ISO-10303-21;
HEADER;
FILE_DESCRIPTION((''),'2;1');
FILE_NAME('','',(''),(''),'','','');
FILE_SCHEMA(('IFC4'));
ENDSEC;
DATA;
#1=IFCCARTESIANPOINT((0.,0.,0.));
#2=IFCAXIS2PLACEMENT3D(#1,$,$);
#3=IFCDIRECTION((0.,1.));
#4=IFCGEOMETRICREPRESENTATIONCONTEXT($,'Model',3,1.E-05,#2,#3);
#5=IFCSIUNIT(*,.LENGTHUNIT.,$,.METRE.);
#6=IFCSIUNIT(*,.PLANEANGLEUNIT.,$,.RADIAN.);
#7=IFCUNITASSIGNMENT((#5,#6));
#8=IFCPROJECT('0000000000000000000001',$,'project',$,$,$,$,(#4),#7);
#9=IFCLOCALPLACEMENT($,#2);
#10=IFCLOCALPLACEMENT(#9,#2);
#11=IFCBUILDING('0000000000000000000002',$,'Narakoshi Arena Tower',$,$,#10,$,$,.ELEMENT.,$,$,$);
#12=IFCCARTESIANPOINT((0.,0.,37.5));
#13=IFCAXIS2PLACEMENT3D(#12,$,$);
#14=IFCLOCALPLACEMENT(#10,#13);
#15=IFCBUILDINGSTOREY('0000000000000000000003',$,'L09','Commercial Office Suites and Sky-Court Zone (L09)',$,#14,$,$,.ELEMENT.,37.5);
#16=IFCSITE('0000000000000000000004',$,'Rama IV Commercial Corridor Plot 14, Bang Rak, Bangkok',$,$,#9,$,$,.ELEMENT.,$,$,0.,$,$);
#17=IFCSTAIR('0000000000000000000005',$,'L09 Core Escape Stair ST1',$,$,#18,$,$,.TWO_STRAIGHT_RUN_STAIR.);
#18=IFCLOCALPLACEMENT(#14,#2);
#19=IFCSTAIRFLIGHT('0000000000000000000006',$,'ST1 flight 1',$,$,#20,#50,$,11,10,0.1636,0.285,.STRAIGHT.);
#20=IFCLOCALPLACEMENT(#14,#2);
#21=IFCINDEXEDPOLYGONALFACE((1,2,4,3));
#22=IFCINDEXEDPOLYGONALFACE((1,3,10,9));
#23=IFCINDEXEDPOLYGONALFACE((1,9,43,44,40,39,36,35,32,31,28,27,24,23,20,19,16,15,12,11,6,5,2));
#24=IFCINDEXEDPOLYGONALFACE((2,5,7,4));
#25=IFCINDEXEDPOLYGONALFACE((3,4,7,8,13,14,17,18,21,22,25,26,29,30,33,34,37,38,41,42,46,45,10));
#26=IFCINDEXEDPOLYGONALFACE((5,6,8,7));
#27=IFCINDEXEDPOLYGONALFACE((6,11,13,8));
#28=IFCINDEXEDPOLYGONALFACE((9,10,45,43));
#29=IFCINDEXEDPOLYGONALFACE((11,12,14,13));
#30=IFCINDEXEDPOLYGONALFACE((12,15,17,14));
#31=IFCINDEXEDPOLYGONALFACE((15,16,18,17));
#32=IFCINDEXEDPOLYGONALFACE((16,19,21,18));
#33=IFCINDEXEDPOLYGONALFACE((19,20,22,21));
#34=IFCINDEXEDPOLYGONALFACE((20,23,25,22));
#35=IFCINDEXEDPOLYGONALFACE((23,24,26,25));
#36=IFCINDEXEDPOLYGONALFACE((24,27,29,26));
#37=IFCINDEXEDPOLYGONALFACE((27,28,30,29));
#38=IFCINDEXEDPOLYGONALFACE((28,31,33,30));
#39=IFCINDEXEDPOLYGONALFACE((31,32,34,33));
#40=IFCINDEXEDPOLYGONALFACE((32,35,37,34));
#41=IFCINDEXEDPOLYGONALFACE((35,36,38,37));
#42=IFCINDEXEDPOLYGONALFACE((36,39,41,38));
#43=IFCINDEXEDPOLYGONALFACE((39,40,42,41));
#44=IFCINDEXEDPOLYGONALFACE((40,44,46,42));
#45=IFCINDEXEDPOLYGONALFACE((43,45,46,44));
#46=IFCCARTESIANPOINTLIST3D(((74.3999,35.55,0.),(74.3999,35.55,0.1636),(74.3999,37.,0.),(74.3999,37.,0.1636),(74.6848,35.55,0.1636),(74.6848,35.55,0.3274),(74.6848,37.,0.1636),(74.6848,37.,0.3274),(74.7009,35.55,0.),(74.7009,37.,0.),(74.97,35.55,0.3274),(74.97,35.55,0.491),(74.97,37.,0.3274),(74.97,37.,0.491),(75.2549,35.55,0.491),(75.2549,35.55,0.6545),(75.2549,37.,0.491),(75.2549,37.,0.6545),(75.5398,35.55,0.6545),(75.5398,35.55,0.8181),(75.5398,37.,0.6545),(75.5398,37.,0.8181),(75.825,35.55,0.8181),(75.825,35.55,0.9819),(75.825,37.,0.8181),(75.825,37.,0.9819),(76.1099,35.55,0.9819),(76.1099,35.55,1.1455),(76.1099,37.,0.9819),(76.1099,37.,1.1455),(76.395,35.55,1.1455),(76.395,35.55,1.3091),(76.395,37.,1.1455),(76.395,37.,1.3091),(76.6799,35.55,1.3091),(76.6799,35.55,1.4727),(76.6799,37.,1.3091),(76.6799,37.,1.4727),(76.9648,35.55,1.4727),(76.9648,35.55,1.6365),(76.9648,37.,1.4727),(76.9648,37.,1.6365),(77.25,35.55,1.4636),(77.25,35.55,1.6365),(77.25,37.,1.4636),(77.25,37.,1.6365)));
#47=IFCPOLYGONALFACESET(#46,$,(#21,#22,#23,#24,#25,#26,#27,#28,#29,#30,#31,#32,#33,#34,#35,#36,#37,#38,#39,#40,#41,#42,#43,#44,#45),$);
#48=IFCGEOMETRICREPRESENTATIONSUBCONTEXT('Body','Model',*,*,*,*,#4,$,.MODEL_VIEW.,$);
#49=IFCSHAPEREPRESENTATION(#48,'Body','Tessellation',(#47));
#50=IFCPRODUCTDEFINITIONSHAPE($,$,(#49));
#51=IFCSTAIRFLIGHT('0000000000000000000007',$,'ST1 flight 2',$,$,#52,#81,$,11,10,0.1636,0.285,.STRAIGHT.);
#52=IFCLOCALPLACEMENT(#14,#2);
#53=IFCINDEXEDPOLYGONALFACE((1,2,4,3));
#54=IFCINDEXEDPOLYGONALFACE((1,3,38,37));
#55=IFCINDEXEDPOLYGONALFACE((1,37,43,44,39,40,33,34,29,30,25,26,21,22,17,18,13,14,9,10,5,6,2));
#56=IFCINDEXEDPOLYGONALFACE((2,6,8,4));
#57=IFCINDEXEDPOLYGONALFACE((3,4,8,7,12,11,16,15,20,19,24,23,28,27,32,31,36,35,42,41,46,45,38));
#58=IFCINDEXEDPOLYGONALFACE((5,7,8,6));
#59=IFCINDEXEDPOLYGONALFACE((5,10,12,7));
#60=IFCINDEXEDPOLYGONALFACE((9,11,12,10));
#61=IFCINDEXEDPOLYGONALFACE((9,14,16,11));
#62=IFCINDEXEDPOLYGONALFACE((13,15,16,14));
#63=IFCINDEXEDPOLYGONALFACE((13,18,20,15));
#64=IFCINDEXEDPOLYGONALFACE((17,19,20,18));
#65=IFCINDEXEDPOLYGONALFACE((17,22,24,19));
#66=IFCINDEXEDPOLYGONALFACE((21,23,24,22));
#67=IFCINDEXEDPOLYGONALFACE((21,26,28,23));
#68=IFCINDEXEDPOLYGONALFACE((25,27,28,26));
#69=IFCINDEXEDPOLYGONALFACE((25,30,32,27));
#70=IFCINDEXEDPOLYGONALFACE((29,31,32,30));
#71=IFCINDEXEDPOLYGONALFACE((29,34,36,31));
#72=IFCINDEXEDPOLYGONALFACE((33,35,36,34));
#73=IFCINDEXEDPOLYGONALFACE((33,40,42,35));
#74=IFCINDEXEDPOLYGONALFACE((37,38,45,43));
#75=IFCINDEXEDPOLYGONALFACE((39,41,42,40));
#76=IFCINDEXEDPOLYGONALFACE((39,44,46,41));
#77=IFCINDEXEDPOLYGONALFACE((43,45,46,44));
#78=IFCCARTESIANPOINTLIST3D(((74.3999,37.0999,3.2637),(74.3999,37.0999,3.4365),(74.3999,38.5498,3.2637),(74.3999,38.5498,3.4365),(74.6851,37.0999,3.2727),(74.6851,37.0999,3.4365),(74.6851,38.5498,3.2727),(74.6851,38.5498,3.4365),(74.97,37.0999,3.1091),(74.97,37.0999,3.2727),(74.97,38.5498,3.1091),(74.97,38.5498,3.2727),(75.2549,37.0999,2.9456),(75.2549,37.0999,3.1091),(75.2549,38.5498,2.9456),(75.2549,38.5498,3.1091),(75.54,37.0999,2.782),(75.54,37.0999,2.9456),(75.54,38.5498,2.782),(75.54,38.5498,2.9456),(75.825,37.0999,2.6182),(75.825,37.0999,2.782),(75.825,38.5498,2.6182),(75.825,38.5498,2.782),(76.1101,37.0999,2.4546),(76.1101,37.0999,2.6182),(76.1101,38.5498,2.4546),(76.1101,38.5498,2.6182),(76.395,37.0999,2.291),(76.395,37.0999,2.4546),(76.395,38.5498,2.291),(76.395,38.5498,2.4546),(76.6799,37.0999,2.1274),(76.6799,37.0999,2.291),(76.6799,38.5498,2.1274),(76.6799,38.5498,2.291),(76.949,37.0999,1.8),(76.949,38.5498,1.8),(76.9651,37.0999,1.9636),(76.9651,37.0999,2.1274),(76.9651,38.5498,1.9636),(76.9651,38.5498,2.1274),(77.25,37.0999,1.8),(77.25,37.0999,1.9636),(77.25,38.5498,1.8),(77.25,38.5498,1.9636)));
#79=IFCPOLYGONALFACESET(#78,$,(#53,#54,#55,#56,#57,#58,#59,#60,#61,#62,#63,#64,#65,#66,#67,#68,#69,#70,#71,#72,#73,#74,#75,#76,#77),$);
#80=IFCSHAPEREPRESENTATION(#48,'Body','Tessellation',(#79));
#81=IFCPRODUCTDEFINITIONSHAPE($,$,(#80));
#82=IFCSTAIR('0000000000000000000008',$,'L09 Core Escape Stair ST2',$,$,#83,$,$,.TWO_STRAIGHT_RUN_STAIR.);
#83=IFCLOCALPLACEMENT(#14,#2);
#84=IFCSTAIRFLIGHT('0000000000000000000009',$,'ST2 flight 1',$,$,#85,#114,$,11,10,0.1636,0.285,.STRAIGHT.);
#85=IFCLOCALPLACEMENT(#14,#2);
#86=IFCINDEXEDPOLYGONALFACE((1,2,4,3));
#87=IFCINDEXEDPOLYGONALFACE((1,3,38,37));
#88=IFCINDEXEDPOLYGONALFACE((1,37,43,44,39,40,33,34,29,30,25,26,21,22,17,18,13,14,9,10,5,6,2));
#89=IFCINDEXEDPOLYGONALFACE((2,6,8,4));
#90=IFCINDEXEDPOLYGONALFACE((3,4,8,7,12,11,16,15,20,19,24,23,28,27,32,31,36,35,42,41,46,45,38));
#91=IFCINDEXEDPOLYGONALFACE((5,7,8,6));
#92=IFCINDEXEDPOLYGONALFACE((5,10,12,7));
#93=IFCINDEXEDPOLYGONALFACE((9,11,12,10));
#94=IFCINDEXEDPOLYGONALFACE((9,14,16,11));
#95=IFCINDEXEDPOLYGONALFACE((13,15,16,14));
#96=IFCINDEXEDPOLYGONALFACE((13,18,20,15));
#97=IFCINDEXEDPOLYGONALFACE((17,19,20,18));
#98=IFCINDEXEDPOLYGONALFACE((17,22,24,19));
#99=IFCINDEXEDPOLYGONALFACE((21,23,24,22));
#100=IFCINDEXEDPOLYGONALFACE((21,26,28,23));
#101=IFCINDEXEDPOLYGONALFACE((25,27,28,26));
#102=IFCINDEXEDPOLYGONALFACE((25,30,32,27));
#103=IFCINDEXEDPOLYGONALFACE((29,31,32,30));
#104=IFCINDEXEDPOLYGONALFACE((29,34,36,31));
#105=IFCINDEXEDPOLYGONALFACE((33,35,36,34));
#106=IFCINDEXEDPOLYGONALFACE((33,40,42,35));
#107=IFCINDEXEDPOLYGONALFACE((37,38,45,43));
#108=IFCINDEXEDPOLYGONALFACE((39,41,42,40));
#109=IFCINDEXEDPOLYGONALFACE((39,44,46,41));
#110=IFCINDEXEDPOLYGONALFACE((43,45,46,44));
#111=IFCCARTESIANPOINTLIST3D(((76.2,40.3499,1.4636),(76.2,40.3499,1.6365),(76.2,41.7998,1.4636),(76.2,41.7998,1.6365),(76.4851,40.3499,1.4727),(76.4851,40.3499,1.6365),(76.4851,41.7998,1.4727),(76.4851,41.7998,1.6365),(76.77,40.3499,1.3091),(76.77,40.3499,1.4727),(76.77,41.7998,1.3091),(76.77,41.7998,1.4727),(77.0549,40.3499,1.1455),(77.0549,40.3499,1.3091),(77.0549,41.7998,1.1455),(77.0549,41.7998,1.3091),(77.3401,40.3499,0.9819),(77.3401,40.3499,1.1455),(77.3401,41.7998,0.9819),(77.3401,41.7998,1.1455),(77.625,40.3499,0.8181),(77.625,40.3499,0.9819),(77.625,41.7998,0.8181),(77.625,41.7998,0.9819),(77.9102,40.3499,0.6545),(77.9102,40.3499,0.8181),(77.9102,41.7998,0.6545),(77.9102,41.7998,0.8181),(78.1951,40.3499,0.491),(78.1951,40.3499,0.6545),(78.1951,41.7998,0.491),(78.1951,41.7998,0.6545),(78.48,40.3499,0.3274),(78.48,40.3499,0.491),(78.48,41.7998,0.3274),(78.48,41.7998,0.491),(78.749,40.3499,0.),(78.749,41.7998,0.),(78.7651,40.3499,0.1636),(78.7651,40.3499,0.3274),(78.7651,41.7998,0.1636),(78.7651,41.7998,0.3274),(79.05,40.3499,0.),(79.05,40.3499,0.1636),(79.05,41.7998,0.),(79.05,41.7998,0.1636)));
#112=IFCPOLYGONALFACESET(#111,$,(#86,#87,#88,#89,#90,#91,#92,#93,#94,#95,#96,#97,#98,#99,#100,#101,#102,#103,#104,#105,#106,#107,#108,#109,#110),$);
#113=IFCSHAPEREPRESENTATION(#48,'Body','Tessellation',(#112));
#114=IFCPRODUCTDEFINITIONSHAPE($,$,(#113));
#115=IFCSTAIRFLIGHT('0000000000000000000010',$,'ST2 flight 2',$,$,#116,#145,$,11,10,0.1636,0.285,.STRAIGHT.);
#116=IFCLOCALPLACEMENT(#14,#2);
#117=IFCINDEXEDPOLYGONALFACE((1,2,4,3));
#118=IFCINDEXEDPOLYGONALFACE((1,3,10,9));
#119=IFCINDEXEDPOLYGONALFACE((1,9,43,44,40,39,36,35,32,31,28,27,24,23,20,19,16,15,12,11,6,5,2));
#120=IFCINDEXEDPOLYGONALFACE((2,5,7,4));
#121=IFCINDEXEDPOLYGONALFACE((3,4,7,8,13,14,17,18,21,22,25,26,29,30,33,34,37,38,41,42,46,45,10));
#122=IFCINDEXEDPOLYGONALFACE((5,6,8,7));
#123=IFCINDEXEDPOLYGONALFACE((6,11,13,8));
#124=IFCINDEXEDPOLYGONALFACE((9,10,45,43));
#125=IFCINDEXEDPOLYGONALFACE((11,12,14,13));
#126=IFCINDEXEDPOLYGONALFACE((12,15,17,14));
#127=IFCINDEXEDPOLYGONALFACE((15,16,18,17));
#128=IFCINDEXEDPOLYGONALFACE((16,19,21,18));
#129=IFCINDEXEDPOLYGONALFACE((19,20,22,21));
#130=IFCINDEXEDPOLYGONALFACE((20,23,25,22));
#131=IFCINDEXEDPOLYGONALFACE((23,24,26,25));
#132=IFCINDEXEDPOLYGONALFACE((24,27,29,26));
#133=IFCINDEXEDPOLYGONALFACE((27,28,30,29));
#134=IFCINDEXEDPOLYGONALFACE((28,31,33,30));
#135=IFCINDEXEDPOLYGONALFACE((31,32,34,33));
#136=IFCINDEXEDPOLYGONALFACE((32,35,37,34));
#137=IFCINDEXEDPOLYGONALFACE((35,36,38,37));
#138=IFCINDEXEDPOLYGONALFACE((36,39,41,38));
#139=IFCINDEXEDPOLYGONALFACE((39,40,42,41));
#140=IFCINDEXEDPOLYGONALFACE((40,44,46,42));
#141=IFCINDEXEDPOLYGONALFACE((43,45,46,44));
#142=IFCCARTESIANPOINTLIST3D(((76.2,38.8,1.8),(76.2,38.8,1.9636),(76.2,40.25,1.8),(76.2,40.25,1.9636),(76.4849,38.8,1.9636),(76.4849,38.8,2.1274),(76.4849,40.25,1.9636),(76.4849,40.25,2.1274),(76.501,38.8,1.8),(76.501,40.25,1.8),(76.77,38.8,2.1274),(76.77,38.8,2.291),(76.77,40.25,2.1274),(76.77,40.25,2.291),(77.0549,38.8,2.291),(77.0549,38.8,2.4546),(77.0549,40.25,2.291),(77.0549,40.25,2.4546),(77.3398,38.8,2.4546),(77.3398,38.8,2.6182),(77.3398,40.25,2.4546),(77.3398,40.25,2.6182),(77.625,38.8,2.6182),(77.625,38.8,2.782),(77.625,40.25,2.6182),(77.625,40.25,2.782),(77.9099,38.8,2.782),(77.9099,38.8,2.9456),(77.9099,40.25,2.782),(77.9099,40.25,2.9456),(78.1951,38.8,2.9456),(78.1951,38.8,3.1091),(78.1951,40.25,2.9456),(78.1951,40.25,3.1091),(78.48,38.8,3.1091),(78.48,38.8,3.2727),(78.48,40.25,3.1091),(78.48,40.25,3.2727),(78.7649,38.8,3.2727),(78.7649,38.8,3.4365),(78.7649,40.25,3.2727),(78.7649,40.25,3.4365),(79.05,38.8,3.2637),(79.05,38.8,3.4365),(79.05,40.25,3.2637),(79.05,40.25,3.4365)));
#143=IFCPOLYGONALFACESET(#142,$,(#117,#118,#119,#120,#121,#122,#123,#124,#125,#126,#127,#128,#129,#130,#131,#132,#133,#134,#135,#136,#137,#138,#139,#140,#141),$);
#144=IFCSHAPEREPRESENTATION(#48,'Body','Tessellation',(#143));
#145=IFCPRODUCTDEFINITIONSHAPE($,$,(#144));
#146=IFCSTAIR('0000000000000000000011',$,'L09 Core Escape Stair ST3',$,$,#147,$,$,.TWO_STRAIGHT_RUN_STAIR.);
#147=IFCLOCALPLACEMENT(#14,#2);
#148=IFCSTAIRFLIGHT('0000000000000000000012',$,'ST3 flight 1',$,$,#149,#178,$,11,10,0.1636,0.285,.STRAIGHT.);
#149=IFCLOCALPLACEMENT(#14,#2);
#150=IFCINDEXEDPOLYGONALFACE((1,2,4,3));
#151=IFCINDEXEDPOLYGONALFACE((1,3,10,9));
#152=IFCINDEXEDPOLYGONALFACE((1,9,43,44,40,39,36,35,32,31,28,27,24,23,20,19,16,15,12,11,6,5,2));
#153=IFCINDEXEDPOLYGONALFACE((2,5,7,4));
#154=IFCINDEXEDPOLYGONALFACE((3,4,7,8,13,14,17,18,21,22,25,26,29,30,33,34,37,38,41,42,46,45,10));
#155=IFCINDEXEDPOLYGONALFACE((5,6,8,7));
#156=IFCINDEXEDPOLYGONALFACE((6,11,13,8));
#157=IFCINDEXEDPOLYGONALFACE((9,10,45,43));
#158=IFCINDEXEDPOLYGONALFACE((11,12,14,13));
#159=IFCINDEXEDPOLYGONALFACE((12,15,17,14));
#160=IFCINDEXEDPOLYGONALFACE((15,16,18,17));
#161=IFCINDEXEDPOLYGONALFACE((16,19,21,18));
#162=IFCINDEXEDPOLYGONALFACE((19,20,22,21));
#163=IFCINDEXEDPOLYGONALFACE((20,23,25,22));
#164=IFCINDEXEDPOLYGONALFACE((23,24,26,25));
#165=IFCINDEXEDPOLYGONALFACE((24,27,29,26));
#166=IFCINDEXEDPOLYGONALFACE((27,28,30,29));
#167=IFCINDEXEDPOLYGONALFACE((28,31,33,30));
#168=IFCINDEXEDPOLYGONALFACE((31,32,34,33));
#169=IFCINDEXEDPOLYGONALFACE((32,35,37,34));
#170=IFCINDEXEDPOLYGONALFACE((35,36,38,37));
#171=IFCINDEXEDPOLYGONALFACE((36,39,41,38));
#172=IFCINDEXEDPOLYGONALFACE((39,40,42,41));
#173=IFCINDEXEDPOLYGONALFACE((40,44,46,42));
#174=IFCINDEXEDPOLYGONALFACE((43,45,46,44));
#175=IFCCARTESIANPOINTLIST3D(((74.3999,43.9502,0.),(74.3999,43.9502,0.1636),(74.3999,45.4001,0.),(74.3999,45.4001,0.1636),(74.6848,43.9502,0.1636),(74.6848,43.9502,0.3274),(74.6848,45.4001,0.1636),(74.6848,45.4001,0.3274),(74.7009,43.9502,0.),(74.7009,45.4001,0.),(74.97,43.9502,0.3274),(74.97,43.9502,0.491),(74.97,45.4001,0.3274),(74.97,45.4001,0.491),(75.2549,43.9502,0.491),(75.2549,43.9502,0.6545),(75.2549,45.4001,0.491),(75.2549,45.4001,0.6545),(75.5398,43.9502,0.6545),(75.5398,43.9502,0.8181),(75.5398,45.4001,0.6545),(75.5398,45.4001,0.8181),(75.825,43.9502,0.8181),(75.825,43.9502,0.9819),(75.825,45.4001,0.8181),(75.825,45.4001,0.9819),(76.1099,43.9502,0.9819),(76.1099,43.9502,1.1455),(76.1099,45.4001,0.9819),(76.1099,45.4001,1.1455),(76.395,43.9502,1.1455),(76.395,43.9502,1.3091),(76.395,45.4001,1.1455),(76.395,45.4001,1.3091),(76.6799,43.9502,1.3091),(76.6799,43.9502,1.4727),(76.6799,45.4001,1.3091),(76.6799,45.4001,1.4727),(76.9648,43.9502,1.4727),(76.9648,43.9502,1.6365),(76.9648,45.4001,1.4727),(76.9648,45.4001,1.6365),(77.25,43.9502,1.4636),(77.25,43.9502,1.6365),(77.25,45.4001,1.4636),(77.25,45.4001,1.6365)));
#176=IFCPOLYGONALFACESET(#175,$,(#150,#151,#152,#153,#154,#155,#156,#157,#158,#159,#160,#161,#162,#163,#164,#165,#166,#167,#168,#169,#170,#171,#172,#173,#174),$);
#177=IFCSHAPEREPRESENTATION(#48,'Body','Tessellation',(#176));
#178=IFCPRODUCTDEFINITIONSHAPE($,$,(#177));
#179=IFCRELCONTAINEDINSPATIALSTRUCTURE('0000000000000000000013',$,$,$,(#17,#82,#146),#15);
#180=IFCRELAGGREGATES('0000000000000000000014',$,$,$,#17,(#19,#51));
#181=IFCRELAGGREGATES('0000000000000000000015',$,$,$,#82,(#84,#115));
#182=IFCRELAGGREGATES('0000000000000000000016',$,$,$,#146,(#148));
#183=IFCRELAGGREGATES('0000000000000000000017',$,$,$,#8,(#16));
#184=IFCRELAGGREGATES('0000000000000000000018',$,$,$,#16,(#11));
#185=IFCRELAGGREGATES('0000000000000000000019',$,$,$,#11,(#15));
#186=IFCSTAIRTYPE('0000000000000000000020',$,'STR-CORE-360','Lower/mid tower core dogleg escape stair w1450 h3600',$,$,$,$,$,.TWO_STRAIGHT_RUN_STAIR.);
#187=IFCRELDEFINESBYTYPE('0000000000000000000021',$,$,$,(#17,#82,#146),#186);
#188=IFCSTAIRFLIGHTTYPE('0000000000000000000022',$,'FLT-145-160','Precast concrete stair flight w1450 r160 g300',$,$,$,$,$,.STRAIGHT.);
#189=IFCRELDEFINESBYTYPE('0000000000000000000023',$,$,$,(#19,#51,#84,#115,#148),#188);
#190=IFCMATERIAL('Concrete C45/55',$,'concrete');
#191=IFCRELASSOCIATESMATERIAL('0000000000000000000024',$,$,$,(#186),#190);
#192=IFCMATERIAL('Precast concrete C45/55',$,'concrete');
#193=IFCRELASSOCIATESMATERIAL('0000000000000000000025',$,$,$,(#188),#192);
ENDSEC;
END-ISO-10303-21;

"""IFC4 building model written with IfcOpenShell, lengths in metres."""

from ifc_helpers import new_model, si_unit, direction, frame, origin, place, context, subcontext, project, spatial, polyline, outline, extrude, material, type_object, element, aggregate, save


model = new_model("IFC4")

# Units and contexts
model_context = context("Model", 3, precision=1e-05, world=origin(), true_north=direction((0.0, 1.0)))
body_context = subcontext(model_context, "Body", "Model", "MODEL_VIEW")
ifc_project = project(units=[si_unit("LENGTHUNIT", "METRE"), si_unit("PLANEANGLEUNIT", "RADIAN")], contexts=[model_context])

# Site, building, storey
site_placement = place(None, origin())
site = spatial("IfcSite", under=ifc_project, at=site_placement, Name="Rama IV Commercial Corridor Plot 14, Bang Rak, Bangkok", CompositionType="ELEMENT", RefElevation=0.0)
building_placement = place(site_placement, origin())
building = spatial("IfcBuilding", under=site, at=building_placement, Name="Narakoshi Arena Tower", CompositionType="ELEMENT")
storey_placement = place(building_placement, frame((0.0, 0.0, 37.5)))
storey = spatial("IfcBuildingStorey", under=building, at=storey_placement, Name="L09", Description="Commercial Office Suites and Sky-Court Zone (L09)", CompositionType="ELEMENT", Elevation=37.5)

# Stairs, stair flights
ifc_material_1 = material(Name="Concrete C45/55", Category="concrete")
stair_type = type_object("IfcStairType", Name="STR-CORE-360", Description="Lower/mid tower core dogleg escape stair w1450 h3600", PredefinedType="TWO_STRAIGHT_RUN_STAIR", material=ifc_material_1)
stair_1_placement = place(storey_placement, origin())
stair_1 = element("IfcStair", 1, at=stair_1_placement, inside=storey, type_object=stair_type, Name="L09 Core Escape Stair ST1", PredefinedType="TWO_STRAIGHT_RUN_STAIR")
ifc_material_2 = material(Name="Precast concrete C45/55", Category="concrete")
stair_flight_type = type_object("IfcStairFlightType", Name="FLT-145-160", Description="Precast concrete stair flight w1450 r160 g300", PredefinedType="STRAIGHT", material=ifc_material_2)
stair_flight_1_placement = place(storey_placement, frame((74.3999, 36.2749, 0.0), z_axis=(0.0, 0.0, 1.0), x_axis=(1.0, 0.0, 0.0)))
stair_flight_1 = element("IfcStairFlight", 2, at=stair_flight_1_placement, type_object=stair_flight_type, Name="ST1 flight 1", NumberOfRisers=11, NumberOfTreads=10, PredefinedType="STRAIGHT", RiserHeight=0.1636, TreadLength=0.285, context=body_context, shape_type="SweptSolid", body=[
    extrude(outline(polyline([(0.0, 0.0), (0.0, 0.1636), (0.2849, 0.1636), (0.2849, 0.3274), (0.5701, 0.3274), (0.5701, 0.491), (0.855, 0.491), (0.855, 0.6545), (1.1399, 0.6545), (1.1399, 0.8181), (1.425, 0.8181), (1.425, 0.9819), (1.71, 0.9819), (1.71, 1.1455), (1.9951, 1.1455), (1.9951, 1.3091), (2.28, 1.3091), (2.28, 1.4727), (2.5649, 1.4727), (2.5649, 1.6365), (2.8501, 1.6365), (2.8501, 1.8), (2.8501, 1.4636), (0.301, 0.0), (0.0, 0.0)])), frame((0.0, 0.7251, 0.0), z_axis=(0.0, -1.0, 0.0), x_axis=(1.0, 0.0, 0.0)), (0.0, 0.0, 1.0), 1.45),
])
stair_flight_2_placement = place(storey_placement, frame((77.25, 37.825, 1.8), z_axis=(0.0, 0.0, 1.0), x_axis=(-1.0, 0.0, 0.0)))
stair_flight_2 = element("IfcStairFlight", 3, at=stair_flight_2_placement, type_object=stair_flight_type, Name="ST1 flight 2", NumberOfRisers=11, NumberOfTreads=10, PredefinedType="STRAIGHT", RiserHeight=0.1636, TreadLength=0.285, context=body_context, shape_type="SweptSolid", body=[
    extrude(outline(polyline([(0.0, 0.0), (0.0, 0.1636), (0.2849, 0.1636), (0.2849, 0.3274), (0.5701, 0.3274), (0.5701, 0.491), (0.855, 0.491), (0.855, 0.6545), (1.1399, 0.6545), (1.1399, 0.8181), (1.425, 0.8181), (1.425, 0.9819), (1.71, 0.9819), (1.71, 1.1455), (1.9951, 1.1455), (1.9951, 1.3091), (2.28, 1.3091), (2.28, 1.4727), (2.5649, 1.4727), (2.5649, 1.6365), (2.8501, 1.6365), (2.8501, 1.8), (2.8501, 1.4636), (0.301, 0.0), (0.0, 0.0)])), frame((0.0, 0.7251, 0.0), z_axis=(0.0, -1.0, 0.0), x_axis=(1.0, 0.0, 0.0)), (0.0, 0.0, 1.0), 1.45),
])
aggregate(stair_1, [stair_flight_1, stair_flight_2])
stair_2_placement = place(storey_placement, origin())
stair_2 = element("IfcStair", 4, at=stair_2_placement, inside=storey, type_object=stair_type, Name="L09 Core Escape Stair ST2", PredefinedType="TWO_STRAIGHT_RUN_STAIR")
stair_flight_3_placement = place(storey_placement, frame((79.05, 41.075, 0.0), z_axis=(0.0, 0.0, 1.0), x_axis=(-1.0, 0.0, 0.0)))
stair_flight_3 = element("IfcStairFlight", 5, at=stair_flight_3_placement, type_object=stair_flight_type, Name="ST2 flight 1", NumberOfRisers=11, NumberOfTreads=10, PredefinedType="STRAIGHT", RiserHeight=0.1636, TreadLength=0.285, context=body_context, shape_type="SweptSolid", body=[
    extrude(outline(polyline([(0.0, 0.0), (0.0, 0.1636), (0.2849, 0.1636), (0.2849, 0.3274), (0.5701, 0.3274), (0.5701, 0.491), (0.855, 0.491), (0.855, 0.6545), (1.1399, 0.6545), (1.1399, 0.8181), (1.425, 0.8181), (1.425, 0.9819), (1.71, 0.9819), (1.71, 1.1455), (1.9951, 1.1455), (1.9951, 1.3091), (2.28, 1.3091), (2.28, 1.4727), (2.5649, 1.4727), (2.5649, 1.6365), (2.8501, 1.6365), (2.8501, 1.8), (2.8501, 1.4636), (0.301, 0.0), (0.0, 0.0)])), frame((0.0, 0.7251, 0.0), z_axis=(0.0, -1.0, 0.0), x_axis=(1.0, 0.0, 0.0)), (0.0, 0.0, 1.0), 1.45),
])
stair_flight_4_placement = place(storey_placement, frame((76.2, 39.5249, 1.8), z_axis=(0.0, 0.0, 1.0), x_axis=(1.0, 0.0, 0.0)))
stair_flight_4 = element("IfcStairFlight", 6, at=stair_flight_4_placement, type_object=stair_flight_type, Name="ST2 flight 2", NumberOfRisers=11, NumberOfTreads=10, PredefinedType="STRAIGHT", RiserHeight=0.1636, TreadLength=0.285, context=body_context, shape_type="SweptSolid", body=[
    extrude(outline(polyline([(0.0, 0.0), (0.0, 0.1636), (0.2849, 0.1636), (0.2849, 0.3274), (0.5701, 0.3274), (0.5701, 0.491), (0.855, 0.491), (0.855, 0.6545), (1.1399, 0.6545), (1.1399, 0.8181), (1.425, 0.8181), (1.425, 0.9819), (1.71, 0.9819), (1.71, 1.1455), (1.9951, 1.1455), (1.9951, 1.3091), (2.28, 1.3091), (2.28, 1.4727), (2.5649, 1.4727), (2.5649, 1.6365), (2.8501, 1.6365), (2.8501, 1.8), (2.8501, 1.4636), (0.301, 0.0), (0.0, 0.0)])), frame((0.0, 0.7251, 0.0), z_axis=(0.0, -1.0, 0.0), x_axis=(1.0, 0.0, 0.0)), (0.0, 0.0, 1.0), 1.45),
])
aggregate(stair_2, [stair_flight_3, stair_flight_4])
stair_3_placement = place(storey_placement, origin())
stair_3 = element("IfcStair", 7, at=stair_3_placement, inside=storey, type_object=stair_type, Name="L09 Core Escape Stair ST3", PredefinedType="TWO_STRAIGHT_RUN_STAIR")
stair_flight_5_placement = place(storey_placement, frame((74.3999, 44.675, 0.0), z_axis=(0.0, 0.0, 1.0), x_axis=(1.0, 0.0, 0.0)))
stair_flight_5 = element("IfcStairFlight", 8, at=stair_flight_5_placement, type_object=stair_flight_type, Name="ST3 flight 1", NumberOfRisers=11, NumberOfTreads=10, PredefinedType="STRAIGHT", RiserHeight=0.1636, TreadLength=0.285, context=body_context, shape_type="SweptSolid", body=[
    extrude(outline(polyline([(0.0, 0.0), (0.0, 0.1636), (0.2849, 0.1636), (0.2849, 0.3274), (0.5701, 0.3274), (0.5701, 0.491), (0.855, 0.491), (0.855, 0.6545), (1.1399, 0.6545), (1.1399, 0.8181), (1.425, 0.8181), (1.425, 0.9819), (1.71, 0.9819), (1.71, 1.1455), (1.9951, 1.1455), (1.9951, 1.3091), (2.28, 1.3091), (2.28, 1.4727), (2.5649, 1.4727), (2.5649, 1.6365), (2.8501, 1.6365), (2.8501, 1.8), (2.8501, 1.4636), (0.301, 0.0), (0.0, 0.0)])), frame((0.0, 0.7251, 0.0), z_axis=(0.0, -1.0, 0.0), x_axis=(1.0, 0.0, 0.0)), (0.0, 0.0, 1.0), 1.45),
])
aggregate(stair_3, [stair_flight_5])

save(model, "model.ifc")
